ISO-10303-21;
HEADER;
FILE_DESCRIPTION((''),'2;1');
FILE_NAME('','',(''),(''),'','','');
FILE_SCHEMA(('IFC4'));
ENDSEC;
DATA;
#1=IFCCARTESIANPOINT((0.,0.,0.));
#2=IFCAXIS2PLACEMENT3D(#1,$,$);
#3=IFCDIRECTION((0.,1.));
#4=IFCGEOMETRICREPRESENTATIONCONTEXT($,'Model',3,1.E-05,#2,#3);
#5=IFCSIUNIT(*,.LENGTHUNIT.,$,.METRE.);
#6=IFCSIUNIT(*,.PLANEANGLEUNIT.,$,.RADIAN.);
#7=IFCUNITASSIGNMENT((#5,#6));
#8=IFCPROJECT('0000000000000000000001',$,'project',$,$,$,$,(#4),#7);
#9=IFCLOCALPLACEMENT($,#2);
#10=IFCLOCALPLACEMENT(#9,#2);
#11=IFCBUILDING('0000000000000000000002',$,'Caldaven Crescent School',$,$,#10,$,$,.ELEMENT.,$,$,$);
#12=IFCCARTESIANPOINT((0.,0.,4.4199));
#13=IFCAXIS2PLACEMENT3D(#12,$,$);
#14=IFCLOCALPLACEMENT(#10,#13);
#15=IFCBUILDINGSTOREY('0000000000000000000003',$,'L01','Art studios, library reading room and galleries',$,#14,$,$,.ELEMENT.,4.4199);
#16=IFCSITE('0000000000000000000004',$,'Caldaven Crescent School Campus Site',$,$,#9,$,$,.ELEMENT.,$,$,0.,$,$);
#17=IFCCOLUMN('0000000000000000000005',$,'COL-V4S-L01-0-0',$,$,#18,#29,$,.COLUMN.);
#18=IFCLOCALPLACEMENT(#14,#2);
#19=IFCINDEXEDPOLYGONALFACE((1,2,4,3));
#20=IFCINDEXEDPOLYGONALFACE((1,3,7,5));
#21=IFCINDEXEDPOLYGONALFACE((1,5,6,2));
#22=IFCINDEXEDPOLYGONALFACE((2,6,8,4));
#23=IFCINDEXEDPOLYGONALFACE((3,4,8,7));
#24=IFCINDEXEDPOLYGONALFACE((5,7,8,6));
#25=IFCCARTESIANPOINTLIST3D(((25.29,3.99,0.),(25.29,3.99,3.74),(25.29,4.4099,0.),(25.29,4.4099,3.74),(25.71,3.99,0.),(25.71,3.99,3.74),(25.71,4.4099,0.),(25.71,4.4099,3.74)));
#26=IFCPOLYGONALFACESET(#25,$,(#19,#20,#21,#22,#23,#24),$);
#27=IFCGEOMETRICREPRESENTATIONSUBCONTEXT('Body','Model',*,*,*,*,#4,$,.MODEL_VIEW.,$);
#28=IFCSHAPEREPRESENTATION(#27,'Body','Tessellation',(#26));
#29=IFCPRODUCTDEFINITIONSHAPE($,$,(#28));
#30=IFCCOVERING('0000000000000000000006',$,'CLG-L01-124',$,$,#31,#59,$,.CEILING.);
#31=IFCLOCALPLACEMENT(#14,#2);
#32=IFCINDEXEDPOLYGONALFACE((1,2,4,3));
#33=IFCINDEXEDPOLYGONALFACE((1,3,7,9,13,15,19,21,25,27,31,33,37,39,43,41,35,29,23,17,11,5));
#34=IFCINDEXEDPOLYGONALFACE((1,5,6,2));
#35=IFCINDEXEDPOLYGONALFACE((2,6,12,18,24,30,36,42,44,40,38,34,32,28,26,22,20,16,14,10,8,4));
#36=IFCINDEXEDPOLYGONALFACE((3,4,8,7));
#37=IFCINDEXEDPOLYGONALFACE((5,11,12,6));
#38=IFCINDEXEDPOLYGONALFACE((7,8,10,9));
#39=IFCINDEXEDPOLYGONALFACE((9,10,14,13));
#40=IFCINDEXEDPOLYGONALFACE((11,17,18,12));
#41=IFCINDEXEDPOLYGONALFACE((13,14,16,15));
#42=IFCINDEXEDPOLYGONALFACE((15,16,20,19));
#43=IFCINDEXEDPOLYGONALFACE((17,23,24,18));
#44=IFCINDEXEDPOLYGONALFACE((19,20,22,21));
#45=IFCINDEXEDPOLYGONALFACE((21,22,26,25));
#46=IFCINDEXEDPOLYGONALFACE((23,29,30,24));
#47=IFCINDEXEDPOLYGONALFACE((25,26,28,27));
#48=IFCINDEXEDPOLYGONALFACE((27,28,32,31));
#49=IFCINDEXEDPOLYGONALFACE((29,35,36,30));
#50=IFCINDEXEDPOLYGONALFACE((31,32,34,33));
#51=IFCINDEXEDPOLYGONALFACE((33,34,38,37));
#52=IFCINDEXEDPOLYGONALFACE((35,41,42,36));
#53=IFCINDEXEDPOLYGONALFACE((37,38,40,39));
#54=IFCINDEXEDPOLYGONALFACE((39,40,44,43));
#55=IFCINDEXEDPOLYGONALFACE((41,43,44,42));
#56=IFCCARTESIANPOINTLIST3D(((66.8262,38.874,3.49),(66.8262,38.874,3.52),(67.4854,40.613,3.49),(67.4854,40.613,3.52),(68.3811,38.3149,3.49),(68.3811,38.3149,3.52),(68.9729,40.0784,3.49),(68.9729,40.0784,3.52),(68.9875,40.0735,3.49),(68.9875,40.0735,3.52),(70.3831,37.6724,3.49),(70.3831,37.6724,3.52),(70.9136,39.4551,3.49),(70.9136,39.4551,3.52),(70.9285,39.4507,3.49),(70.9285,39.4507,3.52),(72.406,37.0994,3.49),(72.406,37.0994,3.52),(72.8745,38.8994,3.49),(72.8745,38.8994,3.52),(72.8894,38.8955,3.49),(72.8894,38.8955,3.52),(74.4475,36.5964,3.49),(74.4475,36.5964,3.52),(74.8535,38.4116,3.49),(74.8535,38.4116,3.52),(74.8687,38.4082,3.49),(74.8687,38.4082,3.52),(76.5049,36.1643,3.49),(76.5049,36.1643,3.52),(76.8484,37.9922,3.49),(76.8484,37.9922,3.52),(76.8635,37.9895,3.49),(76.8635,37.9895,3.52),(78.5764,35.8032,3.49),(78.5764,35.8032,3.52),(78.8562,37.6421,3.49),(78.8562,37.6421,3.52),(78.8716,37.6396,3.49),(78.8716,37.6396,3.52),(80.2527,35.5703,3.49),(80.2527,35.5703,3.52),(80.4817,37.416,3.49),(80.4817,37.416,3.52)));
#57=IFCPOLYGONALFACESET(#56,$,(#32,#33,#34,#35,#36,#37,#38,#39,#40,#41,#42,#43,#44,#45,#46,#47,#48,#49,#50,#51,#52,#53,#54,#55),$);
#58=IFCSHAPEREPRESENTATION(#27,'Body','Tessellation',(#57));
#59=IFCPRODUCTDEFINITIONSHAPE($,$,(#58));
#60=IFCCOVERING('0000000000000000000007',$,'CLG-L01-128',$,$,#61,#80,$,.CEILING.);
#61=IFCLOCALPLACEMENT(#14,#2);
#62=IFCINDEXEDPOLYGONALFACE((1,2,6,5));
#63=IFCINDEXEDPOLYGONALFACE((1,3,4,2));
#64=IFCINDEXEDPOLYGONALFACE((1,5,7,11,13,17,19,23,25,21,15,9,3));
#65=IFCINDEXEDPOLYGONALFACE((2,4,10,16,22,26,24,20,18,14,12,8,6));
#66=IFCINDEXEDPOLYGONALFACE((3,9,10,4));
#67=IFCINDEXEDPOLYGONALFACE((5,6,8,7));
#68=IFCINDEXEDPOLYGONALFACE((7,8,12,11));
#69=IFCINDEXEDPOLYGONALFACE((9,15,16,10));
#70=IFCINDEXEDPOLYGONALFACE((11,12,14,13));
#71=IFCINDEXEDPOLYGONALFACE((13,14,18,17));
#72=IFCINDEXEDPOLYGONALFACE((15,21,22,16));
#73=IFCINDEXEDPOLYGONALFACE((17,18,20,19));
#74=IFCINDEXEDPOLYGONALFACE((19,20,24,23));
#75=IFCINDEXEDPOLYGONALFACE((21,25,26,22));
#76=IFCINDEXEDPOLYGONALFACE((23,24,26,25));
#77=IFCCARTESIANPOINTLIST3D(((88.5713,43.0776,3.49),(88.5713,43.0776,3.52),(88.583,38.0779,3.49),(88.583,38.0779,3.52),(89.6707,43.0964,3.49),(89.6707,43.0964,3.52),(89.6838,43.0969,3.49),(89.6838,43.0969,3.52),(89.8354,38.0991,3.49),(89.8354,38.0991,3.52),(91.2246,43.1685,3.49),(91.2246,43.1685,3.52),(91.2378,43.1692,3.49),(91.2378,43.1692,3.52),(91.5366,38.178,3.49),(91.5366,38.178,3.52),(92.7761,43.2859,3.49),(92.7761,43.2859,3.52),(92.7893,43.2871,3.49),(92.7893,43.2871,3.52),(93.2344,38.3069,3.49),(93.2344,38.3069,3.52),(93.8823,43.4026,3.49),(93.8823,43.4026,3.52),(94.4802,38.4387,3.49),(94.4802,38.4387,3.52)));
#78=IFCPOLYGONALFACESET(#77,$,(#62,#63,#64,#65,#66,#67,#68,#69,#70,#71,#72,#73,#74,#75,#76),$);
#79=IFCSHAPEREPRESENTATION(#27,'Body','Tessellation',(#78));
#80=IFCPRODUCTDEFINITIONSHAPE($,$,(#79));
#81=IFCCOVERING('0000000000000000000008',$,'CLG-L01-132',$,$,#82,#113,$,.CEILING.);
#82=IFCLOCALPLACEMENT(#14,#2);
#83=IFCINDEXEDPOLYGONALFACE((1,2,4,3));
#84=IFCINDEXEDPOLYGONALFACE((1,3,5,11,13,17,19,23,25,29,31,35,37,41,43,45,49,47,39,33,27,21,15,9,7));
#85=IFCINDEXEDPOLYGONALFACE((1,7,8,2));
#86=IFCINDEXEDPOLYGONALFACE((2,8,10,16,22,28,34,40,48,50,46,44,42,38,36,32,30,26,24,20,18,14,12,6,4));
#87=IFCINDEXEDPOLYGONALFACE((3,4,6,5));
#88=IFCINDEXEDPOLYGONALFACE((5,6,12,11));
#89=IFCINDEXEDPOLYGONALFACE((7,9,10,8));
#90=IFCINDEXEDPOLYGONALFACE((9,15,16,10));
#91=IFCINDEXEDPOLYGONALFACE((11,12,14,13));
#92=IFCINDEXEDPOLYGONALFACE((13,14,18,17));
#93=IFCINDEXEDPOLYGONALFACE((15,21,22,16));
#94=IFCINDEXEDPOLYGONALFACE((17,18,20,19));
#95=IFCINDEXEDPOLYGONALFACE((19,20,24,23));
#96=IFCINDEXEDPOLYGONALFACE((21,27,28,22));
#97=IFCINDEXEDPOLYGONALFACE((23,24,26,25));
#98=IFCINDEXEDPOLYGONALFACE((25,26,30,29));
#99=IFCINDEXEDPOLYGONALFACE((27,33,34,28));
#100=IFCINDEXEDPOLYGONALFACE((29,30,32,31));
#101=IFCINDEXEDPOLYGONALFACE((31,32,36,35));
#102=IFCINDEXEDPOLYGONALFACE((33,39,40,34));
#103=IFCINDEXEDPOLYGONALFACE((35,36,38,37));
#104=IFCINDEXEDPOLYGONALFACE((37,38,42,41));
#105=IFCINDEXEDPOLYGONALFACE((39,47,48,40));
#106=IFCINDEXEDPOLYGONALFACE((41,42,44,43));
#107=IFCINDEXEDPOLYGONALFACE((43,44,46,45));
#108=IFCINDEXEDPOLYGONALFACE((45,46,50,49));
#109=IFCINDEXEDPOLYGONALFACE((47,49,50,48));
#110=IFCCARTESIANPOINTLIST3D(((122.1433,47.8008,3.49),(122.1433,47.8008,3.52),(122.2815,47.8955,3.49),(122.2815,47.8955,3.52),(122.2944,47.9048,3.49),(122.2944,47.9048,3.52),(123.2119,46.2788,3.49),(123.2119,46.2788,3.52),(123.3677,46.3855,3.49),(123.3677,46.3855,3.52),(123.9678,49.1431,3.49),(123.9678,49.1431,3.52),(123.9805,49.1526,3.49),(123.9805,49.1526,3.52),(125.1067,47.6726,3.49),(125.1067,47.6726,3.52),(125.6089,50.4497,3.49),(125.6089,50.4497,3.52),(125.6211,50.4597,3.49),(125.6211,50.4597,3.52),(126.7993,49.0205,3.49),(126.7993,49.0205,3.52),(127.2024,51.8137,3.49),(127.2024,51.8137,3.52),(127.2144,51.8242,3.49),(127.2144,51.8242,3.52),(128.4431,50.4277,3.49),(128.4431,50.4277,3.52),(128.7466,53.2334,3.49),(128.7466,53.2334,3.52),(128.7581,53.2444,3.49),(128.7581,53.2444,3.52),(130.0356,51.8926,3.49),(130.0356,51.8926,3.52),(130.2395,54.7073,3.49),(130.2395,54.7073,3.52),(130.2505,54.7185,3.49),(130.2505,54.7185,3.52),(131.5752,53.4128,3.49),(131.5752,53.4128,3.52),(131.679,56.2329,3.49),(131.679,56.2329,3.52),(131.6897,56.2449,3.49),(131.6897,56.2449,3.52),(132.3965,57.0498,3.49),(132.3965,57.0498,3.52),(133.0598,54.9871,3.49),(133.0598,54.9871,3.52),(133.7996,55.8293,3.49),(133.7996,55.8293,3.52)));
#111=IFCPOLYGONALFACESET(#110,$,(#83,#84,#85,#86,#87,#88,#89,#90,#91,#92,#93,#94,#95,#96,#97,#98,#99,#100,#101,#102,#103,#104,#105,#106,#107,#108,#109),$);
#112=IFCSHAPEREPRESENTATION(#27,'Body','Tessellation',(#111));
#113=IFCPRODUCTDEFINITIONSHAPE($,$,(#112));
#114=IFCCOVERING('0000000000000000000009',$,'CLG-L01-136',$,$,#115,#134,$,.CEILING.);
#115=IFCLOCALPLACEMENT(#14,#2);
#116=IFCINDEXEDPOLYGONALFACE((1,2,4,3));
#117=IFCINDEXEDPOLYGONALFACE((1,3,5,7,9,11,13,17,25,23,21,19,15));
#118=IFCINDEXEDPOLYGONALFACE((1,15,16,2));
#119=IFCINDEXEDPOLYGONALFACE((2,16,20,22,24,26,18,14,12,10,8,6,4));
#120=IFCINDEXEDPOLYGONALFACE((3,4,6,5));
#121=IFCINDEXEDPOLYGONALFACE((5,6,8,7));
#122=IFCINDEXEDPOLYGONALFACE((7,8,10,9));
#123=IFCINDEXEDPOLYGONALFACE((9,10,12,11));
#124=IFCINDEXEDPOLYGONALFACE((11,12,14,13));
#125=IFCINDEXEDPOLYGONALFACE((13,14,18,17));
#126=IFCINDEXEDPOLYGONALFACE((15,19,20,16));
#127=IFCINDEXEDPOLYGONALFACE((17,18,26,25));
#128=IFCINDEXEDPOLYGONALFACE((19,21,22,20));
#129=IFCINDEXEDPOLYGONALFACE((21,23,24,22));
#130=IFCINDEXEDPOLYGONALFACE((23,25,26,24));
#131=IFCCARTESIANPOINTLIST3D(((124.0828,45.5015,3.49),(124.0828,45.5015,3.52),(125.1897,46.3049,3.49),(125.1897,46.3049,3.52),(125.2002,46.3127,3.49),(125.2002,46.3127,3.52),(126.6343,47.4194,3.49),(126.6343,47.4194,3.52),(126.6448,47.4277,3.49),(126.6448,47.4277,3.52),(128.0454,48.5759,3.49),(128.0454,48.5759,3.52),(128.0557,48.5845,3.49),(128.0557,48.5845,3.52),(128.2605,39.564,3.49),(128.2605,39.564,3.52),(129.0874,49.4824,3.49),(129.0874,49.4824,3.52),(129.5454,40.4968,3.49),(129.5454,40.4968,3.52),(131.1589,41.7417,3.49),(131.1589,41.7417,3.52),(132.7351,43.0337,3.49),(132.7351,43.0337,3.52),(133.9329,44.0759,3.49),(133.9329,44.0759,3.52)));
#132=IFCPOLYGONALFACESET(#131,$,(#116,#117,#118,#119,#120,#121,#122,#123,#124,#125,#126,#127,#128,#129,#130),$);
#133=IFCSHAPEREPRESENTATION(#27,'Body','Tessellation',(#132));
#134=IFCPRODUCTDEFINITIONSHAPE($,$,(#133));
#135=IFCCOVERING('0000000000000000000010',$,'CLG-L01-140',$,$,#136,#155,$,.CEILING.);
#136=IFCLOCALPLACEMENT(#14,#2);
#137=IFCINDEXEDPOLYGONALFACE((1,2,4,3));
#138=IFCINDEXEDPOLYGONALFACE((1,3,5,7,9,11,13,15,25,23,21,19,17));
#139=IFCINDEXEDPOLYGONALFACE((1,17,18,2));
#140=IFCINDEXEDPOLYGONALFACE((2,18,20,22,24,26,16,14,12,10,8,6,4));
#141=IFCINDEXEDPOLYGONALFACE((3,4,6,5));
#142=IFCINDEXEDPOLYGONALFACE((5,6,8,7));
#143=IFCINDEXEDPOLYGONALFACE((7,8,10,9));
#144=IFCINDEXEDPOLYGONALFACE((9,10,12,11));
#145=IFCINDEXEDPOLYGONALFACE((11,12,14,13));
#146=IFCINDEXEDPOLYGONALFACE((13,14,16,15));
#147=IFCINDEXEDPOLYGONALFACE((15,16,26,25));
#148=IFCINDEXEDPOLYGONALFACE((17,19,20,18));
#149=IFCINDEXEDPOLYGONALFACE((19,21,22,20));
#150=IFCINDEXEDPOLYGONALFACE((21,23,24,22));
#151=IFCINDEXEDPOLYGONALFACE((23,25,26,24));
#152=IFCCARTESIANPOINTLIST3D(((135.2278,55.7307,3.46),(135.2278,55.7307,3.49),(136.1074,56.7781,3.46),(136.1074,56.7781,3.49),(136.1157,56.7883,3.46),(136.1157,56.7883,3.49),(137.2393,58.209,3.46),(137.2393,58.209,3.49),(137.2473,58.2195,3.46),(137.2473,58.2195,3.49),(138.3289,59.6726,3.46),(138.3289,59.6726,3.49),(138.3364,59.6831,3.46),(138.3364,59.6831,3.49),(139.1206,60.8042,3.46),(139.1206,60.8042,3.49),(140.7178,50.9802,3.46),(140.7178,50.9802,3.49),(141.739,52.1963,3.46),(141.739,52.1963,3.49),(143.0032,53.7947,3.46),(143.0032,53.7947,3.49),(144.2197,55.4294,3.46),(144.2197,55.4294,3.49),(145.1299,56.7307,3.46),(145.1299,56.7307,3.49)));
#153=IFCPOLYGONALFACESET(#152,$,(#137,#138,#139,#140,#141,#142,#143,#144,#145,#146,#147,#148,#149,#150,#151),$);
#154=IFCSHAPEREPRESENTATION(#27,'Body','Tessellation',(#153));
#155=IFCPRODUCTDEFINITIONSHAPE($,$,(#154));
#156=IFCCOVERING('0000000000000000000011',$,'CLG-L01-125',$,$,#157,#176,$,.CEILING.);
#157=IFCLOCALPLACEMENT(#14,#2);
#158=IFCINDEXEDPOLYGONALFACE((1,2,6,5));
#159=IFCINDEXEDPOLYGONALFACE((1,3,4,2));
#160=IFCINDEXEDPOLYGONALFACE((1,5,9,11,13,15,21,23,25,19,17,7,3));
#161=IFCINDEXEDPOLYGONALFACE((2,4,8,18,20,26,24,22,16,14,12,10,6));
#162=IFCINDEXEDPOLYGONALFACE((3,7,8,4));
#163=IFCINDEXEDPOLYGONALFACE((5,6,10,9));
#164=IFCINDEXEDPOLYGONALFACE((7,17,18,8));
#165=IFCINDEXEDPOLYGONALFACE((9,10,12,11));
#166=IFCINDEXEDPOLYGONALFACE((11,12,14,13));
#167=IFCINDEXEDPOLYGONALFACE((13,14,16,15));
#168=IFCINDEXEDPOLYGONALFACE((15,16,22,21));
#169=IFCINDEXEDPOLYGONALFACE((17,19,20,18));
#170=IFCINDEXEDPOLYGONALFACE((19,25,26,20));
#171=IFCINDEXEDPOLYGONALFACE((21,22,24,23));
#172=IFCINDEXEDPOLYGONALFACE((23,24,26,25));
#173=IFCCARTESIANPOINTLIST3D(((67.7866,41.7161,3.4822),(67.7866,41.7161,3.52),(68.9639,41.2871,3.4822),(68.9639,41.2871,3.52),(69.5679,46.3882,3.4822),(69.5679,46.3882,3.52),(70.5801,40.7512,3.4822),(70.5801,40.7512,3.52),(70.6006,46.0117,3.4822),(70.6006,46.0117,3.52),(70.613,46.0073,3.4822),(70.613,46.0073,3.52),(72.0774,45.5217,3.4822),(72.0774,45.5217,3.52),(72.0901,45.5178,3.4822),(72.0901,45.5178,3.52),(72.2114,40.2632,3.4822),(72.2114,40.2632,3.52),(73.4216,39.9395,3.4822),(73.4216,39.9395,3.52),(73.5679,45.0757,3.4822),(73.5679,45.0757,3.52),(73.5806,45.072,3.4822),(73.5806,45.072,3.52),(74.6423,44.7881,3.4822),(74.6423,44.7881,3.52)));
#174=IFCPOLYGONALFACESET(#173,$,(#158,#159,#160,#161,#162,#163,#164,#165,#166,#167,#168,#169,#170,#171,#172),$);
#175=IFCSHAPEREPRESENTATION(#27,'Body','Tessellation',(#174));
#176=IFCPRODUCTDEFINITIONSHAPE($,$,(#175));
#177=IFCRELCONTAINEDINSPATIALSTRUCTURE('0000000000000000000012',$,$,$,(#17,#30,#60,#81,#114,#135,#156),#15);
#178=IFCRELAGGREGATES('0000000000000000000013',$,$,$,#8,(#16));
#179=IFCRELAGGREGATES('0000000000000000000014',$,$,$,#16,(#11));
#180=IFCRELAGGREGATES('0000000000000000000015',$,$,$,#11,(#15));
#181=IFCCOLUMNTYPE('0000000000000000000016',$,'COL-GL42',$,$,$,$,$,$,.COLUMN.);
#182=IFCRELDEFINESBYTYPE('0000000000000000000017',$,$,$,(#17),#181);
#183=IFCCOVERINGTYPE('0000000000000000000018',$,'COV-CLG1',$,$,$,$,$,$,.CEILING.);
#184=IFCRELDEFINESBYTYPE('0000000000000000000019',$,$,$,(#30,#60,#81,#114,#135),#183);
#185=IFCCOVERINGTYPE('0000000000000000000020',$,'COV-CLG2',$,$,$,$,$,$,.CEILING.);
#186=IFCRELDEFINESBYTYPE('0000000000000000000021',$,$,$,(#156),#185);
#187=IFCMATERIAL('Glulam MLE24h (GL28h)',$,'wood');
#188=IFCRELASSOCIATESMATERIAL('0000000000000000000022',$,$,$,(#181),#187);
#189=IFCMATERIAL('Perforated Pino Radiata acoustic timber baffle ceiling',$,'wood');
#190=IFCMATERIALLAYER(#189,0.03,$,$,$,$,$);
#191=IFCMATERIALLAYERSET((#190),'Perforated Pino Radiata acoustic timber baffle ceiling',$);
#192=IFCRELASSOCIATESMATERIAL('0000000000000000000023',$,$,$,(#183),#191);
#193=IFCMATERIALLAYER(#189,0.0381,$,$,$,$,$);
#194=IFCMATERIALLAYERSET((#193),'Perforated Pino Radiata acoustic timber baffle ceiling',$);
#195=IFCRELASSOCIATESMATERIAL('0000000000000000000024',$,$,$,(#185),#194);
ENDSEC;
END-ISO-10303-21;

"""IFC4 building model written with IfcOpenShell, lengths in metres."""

from ifc_helpers import new_model, si_unit, direction, frame, origin, origin_2d, place, context, subcontext, project, spatial, polyline, rectangle, outline, extrude, material, layer, layer_set, material_profile, profile_set, type_object, element, save


model = new_model("IFC4")

# Units and contexts
model_context = context("Model", 3, precision=1e-05, world=origin(), true_north=direction((0.0, 1.0)))
body_context = subcontext(model_context, "Body", "Model", "MODEL_VIEW")
ifc_project = project(units=[si_unit("LENGTHUNIT", "METRE"), si_unit("PLANEANGLEUNIT", "RADIAN")], contexts=[model_context])

# Site, building, storey
site_placement = place(None, origin())
site = spatial("IfcSite", under=ifc_project, at=site_placement, Name="Caldaven Crescent School Campus Site", CompositionType="ELEMENT", RefElevation=0.0)
building_placement = place(site_placement, origin())
building = spatial("IfcBuilding", under=site, at=building_placement, Name="Caldaven Crescent School", CompositionType="ELEMENT")
storey_placement = place(building_placement, frame((0.0, 0.0, 4.4199)))
storey = spatial("IfcBuildingStorey", under=building, at=storey_placement, Name="L01", Description="Art studios, library reading room and galleries", CompositionType="ELEMENT", Elevation=4.4199)

# Column
ifc_material_1 = material(Name="Glulam MLE24h (GL28h)", Category="wood")
ifc_material_profile = material_profile(ifc_material_1, rectangle(XDim=0.4199, YDim=0.4199, at=origin_2d()), Name="MLE 420x420")
ifc_profile_set = profile_set([ifc_material_profile], Name="Glulam MLE24h (GL28h)")
column_type = type_object("IfcColumnType", Name="COL-GL42", PredefinedType="COLUMN", material=ifc_profile_set)
column_placement = place(storey_placement, frame((25.5, 4.2, 0.0), z_axis=(0.0, 0.0, 1.0), x_axis=(1.0, 0.0, 0.0)))
element("IfcColumn", 1, at=column_placement, inside=storey, type_object=column_type, Name="COL-V4S-L01-0-0", PredefinedType="COLUMN", context=body_context, shape_type="SweptSolid", body=[
    extrude(rectangle(XDim=0.4199, YDim=0.4199, at=origin_2d()), origin(), (0.0, 0.0, 1.0), 3.74),
])

# Coverings
ifc_material_2 = material(Name="Perforated Pino Radiata acoustic timber baffle ceiling", Category="wood")
ifc_layer_1 = layer(ifc_material_2, 0.03)
ifc_layer_set_1 = layer_set([ifc_layer_1], Name="Perforated Pino Radiata acoustic timber baffle ceiling")
covering_type_1 = type_object("IfcCoveringType", Name="COV-CLG1", PredefinedType="CEILING", material=ifc_layer_set_1)
covering_1_placement = place(storey_placement, frame((0.0, 0.0, 3.49)))
element("IfcCovering", 2, at=covering_1_placement, inside=storey, type_object=covering_type_1, Name="CLG-L01-124", PredefinedType="CEILING", context=body_context, shape_type="SweptSolid", body=[
    extrude(outline(polyline([(68.9729, 40.0784), (68.9875, 40.0735), (70.9136, 39.4551), (70.9285, 39.4507), (72.8745, 38.8994), (72.8894, 38.8955), (74.8535, 38.4116), (74.8687, 38.4082), (76.8484, 37.9922), (76.8635, 37.9895), (78.8562, 37.6421), (78.8716, 37.6396), (80.4817, 37.416), (80.2527, 35.5703), (78.5764, 35.8032), (76.5049, 36.1643), (74.4475, 36.5964), (72.406, 37.0994), (70.3831, 37.6724), (68.3811, 38.3149), (66.8262, 38.874), (67.4854, 40.613), (68.9729, 40.0784)])), origin(), (0.0, 0.0, 1.0), 0.03),
])
covering_2_placement = place(storey_placement, frame((0.0, 0.0, 3.49)))
element("IfcCovering", 3, at=covering_2_placement, inside=storey, type_object=covering_type_1, Name="CLG-L01-128", PredefinedType="CEILING", context=body_context, shape_type="SweptSolid", body=[
    extrude(outline(polyline([(89.6707, 43.0964), (89.6838, 43.0969), (91.2246, 43.1685), (91.2378, 43.1692), (92.7761, 43.2859), (92.7893, 43.2871), (93.8823, 43.4026), (94.4802, 38.4387), (93.2344, 38.3069), (91.5366, 38.178), (89.8354, 38.0991), (88.583, 38.0779), (88.5713, 43.0776), (89.6707, 43.0964)])), origin(), (0.0, 0.0, 1.0), 0.03),
])
covering_3_placement = place(storey_placement, frame((0.0, 0.0, 3.49)))
element("IfcCovering", 4, at=covering_3_placement, inside=storey, type_object=covering_type_1, Name="CLG-L01-132", PredefinedType="CEILING", context=body_context, shape_type="SweptSolid", body=[
    extrude(outline(polyline([(122.2815, 47.8955), (122.2944, 47.9048), (123.9678, 49.1431), (123.9805, 49.1526), (125.6089, 50.4497), (125.6211, 50.4597), (127.2024, 51.8137), (127.2144, 51.8242), (128.7466, 53.2334), (128.7581, 53.2444), (130.2395, 54.7073), (130.2505, 54.7185), (131.679, 56.2329), (131.6897, 56.2449), (132.3965, 57.0498), (133.7996, 55.8293), (133.0598, 54.9871), (131.5752, 53.4128), (130.0356, 51.8926), (128.4431, 50.4277), (126.7993, 49.0205), (125.1067, 47.6726), (123.3677, 46.3855), (123.2119, 46.2788), (122.1433, 47.8008), (122.2815, 47.8955)])), origin(), (0.0, 0.0, 1.0), 0.03),
])
covering_4_placement = place(storey_placement, frame((0.0, 0.0, 3.49)))
element("IfcCovering", 5, at=covering_4_placement, inside=storey, type_object=covering_type_1, Name="CLG-L01-136", PredefinedType="CEILING", context=body_context, shape_type="SweptSolid", body=[
    extrude(outline(polyline([(125.1897, 46.3049), (125.2002, 46.3127), (126.6343, 47.4194), (126.6448, 47.4277), (128.0454, 48.5759), (128.0557, 48.5845), (129.0874, 49.4824), (133.9329, 44.0759), (132.7351, 43.0337), (131.1589, 41.7417), (129.5454, 40.4968), (128.2605, 39.564), (124.0828, 45.5015), (125.1897, 46.3049)])), origin(), (0.0, 0.0, 1.0), 0.03),
])
covering_5_placement = place(storey_placement, frame((0.0, 0.0, 3.46)))
element("IfcCovering", 6, at=covering_5_placement, inside=storey, type_object=covering_type_1, Name="CLG-L01-140", PredefinedType="CEILING", context=body_context, shape_type="SweptSolid", body=[
    extrude(outline(polyline([(136.1074, 56.7781), (136.1157, 56.7883), (137.2393, 58.209), (137.2473, 58.2195), (138.3289, 59.6726), (138.3364, 59.6831), (139.1206, 60.8042), (145.1299, 56.7307), (144.2197, 55.4294), (143.0032, 53.7947), (141.739, 52.1963), (140.7178, 50.9802), (135.2278, 55.7307), (136.1074, 56.7781)])), origin(), (0.0, 0.0, 1.0), 0.03),
])
ifc_layer_2 = layer(ifc_material_2, 0.0381)
ifc_layer_set_2 = layer_set([ifc_layer_2], Name="Perforated Pino Radiata acoustic timber baffle ceiling")
covering_type_2 = type_object("IfcCoveringType", Name="COV-CLG2", PredefinedType="CEILING", material=ifc_layer_set_2)
covering_6_placement = place(storey_placement, frame((0.0, 0.0, 3.4822)))
element("IfcCovering", 7, at=covering_6_placement, inside=storey, type_object=covering_type_2, Name="CLG-L01-125", PredefinedType="CEILING", context=body_context, shape_type="SweptSolid", body=[
    extrude(outline(polyline([(70.6006, 46.0117), (70.613, 46.0073), (72.0774, 45.5217), (72.0901, 45.5178), (73.5679, 45.0757), (73.5806, 45.072), (74.6423, 44.7881), (73.4216, 39.9395), (72.2114, 40.2632), (70.5801, 40.7512), (68.9639, 41.2871), (67.7866, 41.7161), (69.5679, 46.3882), (70.6006, 46.0117)])), origin(), (0.0, 0.0, 1.0), 0.0378),
])

save(model, "model.ifc")
